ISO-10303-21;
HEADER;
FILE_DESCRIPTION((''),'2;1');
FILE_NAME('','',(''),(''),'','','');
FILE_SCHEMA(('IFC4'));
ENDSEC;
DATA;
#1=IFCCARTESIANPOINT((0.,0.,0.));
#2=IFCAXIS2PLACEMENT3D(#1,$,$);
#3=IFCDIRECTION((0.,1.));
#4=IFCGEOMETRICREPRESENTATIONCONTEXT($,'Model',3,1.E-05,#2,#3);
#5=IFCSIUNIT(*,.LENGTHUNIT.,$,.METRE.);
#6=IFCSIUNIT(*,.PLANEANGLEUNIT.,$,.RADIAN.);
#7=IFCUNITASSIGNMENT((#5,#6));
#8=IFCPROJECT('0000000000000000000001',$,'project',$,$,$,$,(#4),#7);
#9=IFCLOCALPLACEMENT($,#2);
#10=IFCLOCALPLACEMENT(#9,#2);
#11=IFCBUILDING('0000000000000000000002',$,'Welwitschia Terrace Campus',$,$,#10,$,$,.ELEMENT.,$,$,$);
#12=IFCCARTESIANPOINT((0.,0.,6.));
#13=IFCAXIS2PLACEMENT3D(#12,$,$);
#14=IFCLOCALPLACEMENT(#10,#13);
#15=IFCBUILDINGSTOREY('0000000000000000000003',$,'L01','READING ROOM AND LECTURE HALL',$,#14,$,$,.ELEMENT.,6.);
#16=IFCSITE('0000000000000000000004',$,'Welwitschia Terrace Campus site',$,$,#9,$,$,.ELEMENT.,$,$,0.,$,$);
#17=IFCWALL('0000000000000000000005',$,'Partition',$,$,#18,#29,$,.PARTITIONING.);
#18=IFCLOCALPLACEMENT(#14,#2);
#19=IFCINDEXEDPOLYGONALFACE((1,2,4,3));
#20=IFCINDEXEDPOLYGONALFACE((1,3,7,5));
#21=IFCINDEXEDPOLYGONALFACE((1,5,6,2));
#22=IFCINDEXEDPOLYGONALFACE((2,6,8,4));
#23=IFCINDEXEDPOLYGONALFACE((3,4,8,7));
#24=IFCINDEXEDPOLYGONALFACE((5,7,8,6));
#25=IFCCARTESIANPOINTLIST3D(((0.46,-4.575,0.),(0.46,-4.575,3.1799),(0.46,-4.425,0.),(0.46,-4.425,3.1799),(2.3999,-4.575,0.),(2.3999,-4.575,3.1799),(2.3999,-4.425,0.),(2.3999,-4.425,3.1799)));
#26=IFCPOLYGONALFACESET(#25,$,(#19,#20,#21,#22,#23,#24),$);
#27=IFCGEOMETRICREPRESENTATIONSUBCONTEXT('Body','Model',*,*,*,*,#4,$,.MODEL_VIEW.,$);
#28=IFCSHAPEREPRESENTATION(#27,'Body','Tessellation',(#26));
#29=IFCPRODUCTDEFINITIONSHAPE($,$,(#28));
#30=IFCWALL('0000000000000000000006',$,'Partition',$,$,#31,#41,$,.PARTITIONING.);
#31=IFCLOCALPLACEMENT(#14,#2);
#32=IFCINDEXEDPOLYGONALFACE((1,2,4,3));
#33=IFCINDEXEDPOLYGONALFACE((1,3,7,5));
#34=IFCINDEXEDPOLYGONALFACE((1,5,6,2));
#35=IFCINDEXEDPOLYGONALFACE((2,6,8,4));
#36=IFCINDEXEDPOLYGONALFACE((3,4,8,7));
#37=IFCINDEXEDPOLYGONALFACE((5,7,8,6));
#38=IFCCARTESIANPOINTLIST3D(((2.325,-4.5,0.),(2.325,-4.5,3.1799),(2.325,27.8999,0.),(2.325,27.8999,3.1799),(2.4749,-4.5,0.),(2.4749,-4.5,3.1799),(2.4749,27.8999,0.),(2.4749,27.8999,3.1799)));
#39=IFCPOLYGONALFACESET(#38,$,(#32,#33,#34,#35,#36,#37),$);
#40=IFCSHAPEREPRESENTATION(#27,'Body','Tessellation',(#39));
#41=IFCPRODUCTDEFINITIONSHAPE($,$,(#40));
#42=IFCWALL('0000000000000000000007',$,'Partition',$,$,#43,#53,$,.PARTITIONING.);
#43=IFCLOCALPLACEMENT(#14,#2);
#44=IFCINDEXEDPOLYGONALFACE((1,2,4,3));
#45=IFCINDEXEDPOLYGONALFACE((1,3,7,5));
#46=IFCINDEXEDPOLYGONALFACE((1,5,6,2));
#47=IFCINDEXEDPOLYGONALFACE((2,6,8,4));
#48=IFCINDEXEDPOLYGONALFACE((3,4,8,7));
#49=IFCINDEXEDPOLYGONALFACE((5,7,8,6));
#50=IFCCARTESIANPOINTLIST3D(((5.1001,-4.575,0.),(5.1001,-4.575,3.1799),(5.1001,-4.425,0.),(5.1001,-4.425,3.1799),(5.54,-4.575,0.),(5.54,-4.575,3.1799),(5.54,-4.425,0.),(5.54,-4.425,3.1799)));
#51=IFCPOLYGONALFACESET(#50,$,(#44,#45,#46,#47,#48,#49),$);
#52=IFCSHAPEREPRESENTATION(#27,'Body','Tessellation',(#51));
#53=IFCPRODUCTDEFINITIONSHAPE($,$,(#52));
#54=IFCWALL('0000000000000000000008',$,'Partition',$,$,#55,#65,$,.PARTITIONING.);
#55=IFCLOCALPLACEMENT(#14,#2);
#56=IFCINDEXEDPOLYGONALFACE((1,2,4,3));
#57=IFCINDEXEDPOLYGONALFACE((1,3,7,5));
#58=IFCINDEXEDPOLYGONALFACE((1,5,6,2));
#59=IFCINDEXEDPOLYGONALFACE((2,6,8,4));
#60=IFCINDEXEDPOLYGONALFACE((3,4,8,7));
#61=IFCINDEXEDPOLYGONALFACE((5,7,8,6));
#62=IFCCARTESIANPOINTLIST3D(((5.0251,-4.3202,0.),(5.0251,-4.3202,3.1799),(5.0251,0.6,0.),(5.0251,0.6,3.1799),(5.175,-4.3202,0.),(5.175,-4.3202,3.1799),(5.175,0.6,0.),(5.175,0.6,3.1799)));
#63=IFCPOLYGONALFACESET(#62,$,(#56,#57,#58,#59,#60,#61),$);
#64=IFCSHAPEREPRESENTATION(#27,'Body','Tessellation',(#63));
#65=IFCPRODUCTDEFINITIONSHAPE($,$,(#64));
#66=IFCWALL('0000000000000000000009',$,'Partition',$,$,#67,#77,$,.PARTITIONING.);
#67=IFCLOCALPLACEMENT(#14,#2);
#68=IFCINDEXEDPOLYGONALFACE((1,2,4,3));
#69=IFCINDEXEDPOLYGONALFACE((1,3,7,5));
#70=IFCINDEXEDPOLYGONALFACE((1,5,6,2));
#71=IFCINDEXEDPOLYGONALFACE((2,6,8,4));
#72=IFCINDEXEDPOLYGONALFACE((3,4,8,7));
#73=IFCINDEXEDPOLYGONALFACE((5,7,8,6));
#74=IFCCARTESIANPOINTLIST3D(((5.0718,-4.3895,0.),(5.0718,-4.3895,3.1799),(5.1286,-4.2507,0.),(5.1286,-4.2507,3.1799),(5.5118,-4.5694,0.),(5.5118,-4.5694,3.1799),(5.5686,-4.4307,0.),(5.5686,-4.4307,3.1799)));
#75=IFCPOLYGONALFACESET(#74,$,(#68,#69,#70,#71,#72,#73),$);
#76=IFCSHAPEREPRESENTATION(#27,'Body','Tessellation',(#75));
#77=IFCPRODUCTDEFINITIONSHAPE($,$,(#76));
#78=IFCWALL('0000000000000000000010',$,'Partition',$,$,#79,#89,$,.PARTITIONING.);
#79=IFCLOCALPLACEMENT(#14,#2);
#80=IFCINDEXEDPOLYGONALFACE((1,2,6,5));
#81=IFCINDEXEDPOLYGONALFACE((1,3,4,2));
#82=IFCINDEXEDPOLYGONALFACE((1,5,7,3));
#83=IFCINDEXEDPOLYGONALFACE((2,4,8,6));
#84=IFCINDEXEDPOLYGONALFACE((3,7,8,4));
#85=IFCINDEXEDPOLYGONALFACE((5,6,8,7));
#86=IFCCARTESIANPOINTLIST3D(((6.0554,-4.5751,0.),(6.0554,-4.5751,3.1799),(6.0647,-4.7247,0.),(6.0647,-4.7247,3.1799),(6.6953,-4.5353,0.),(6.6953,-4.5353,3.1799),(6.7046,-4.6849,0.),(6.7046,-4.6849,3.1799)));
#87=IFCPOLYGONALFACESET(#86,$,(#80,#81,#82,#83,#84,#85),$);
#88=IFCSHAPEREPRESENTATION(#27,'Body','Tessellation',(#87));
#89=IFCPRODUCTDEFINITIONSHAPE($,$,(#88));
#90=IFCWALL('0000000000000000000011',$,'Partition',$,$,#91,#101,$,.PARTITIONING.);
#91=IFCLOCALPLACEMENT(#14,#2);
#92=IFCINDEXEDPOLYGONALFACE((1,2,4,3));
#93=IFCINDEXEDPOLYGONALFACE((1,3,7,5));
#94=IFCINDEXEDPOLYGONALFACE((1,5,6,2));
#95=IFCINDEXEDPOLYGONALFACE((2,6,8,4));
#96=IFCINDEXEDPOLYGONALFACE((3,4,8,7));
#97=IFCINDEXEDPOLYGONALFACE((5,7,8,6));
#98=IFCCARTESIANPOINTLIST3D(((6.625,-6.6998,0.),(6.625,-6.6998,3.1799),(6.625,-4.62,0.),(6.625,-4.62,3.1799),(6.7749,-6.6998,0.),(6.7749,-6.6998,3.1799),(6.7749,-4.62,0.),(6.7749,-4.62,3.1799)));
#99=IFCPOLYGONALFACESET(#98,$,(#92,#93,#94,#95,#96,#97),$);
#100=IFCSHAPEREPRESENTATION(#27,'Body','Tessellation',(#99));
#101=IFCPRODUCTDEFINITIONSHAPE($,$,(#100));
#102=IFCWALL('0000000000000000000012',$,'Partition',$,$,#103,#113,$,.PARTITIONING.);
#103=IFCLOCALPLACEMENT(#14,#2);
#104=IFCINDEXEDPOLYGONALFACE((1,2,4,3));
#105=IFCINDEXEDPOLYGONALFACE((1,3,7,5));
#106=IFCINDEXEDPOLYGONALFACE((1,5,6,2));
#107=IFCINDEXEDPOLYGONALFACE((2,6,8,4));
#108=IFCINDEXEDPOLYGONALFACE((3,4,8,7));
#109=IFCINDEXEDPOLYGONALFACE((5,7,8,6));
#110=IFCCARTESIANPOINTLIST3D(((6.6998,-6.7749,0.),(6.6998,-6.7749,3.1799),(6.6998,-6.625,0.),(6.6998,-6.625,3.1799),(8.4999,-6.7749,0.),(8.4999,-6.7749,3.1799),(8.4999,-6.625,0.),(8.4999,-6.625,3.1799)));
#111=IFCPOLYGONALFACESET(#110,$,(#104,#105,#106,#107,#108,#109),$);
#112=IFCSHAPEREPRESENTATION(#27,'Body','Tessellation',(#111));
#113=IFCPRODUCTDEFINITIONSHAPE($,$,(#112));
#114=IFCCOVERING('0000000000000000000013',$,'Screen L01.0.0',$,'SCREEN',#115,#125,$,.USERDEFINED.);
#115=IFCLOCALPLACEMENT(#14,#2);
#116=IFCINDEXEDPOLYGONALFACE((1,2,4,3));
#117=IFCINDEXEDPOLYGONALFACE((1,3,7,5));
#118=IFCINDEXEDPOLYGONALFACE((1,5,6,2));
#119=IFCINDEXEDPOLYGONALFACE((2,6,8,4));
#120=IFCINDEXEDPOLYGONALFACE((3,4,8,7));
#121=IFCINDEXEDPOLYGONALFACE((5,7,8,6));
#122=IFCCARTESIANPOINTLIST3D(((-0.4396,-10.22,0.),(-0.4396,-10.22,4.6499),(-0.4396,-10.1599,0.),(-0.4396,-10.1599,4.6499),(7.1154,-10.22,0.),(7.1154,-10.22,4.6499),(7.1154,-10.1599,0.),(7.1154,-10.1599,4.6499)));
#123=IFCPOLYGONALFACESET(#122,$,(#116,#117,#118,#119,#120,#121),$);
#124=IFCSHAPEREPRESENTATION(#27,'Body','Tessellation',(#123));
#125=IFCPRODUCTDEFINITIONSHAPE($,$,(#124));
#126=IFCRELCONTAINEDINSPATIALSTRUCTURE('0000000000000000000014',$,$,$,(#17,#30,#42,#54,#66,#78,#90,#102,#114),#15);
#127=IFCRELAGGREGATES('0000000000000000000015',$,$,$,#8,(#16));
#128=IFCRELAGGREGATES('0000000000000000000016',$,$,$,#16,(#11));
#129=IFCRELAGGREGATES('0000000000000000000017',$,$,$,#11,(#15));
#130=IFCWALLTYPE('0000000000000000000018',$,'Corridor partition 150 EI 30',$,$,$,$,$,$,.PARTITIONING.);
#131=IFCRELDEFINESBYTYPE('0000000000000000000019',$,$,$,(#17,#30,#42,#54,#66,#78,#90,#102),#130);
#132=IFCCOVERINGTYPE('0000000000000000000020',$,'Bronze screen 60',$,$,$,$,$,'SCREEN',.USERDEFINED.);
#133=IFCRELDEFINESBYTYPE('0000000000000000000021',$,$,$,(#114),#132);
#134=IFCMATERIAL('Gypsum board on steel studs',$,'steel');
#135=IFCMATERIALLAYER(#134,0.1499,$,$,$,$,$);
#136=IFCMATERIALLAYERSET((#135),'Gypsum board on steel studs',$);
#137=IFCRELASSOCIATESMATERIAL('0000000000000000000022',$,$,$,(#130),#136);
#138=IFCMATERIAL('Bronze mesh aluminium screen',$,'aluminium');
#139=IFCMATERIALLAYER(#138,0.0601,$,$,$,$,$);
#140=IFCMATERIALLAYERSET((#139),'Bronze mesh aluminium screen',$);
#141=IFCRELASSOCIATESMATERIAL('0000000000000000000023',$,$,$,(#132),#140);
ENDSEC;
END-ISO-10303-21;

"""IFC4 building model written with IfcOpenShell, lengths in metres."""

from ifc_helpers import new_model, si_unit, direction, frame, frame_2d, origin, origin_2d, place, context, subcontext, project, spatial, rectangle, extrude, material, layer, layer_set, type_object, element, save


model = new_model("IFC4")

# Units and contexts
model_context = context("Model", 3, precision=1e-05, world=origin(), true_north=direction((0.0, 1.0)))
body_context = subcontext(model_context, "Body", "Model", "MODEL_VIEW")
ifc_project = project(units=[si_unit("LENGTHUNIT", "METRE"), si_unit("PLANEANGLEUNIT", "RADIAN")], contexts=[model_context])

# Site, building, storey
site_placement = place(None, origin())
site = spatial("IfcSite", under=ifc_project, at=site_placement, Name="Welwitschia Terrace Campus site", CompositionType="ELEMENT", RefElevation=0.0)
building_placement = place(site_placement, origin())
building = spatial("IfcBuilding", under=site, at=building_placement, Name="Welwitschia Terrace Campus", CompositionType="ELEMENT")
storey_placement = place(building_placement, frame((0.0, 0.0, 6.0)))
storey = spatial("IfcBuildingStorey", under=building, at=storey_placement, Name="L01", Description="READING ROOM AND LECTURE HALL", CompositionType="ELEMENT", Elevation=6.0)

# Walls
ifc_material_1 = material(Name="Gypsum board on steel studs", Category="steel")
ifc_layer_1 = layer(ifc_material_1, 0.1499)
ifc_layer_set_1 = layer_set([ifc_layer_1], Name="Gypsum board on steel studs")
wall_type = type_object("IfcWallType", Name="Corridor partition 150 EI 30", PredefinedType="PARTITIONING", material=ifc_layer_set_1)
wall_1_placement = place(storey_placement, frame((0.46, -4.5, 0.0), z_axis=(0.0, 0.0, 1.0), x_axis=(1.0, 0.0, 0.0)))
element("IfcWall", 1, at=wall_1_placement, inside=storey, type_object=wall_type, Name="Partition", PredefinedType="PARTITIONING", context=body_context, shape_type="SweptSolid", body=[
    extrude(rectangle(XDim=1.9399, YDim=0.1499, at=frame_2d((0.97, 0.0))), origin(), (0.0, 0.0, 1.0), 3.1799),
])
wall_2_placement = place(storey_placement, frame((2.3999, -4.5, 0.0), z_axis=(0.0, 0.0, 1.0), x_axis=(0.0, 1.0, 0.0)))
element("IfcWall", 2, at=wall_2_placement, inside=storey, type_object=wall_type, Name="Partition", PredefinedType="PARTITIONING", context=body_context, shape_type="SweptSolid", body=[
    extrude(rectangle(XDim=32.3999, YDim=0.1499, at=frame_2d((16.2, 0.0))), origin(), (0.0, 0.0, 1.0), 3.1799),
])
wall_3_placement = place(storey_placement, frame((5.1001, -4.5, 0.0), z_axis=(0.0, 0.0, 1.0), x_axis=(1.0, 0.0, 0.0)))
element("IfcWall", 3, at=wall_3_placement, inside=storey, type_object=wall_type, Name="Partition", PredefinedType="PARTITIONING", context=body_context, shape_type="SweptSolid", body=[
    extrude(rectangle(XDim=0.4399, YDim=0.1499, at=frame_2d((0.22, 0.0))), origin(), (0.0, 0.0, 1.0), 3.1799),
])
wall_4_placement = place(storey_placement, frame((5.1001, -4.3201, 0.0), z_axis=(0.0, 0.0, 1.0), x_axis=(0.0, 1.0, 0.0)))
element("IfcWall", 4, at=wall_4_placement, inside=storey, type_object=wall_type, Name="Partition", PredefinedType="PARTITIONING", context=body_context, shape_type="SweptSolid", body=[
    extrude(rectangle(XDim=4.9202, YDim=0.1499, at=frame_2d((2.46, 0.0))), origin(), (0.0, 0.0, 1.0), 3.1799),
])
wall_5_placement = place(storey_placement, frame((5.1001, -4.3201, 0.0), z_axis=(0.0, 0.0, 1.0), x_axis=(0.92558, -0.378553, 0.0)))
element("IfcWall", 5, at=wall_5_placement, inside=storey, type_object=wall_type, Name="Partition", PredefinedType="PARTITIONING", context=body_context, shape_type="SweptSolid", body=[
    extrude(rectangle(XDim=0.4753, YDim=0.1499, at=frame_2d((0.2378, 0.0))), origin(), (0.0, 0.0, 1.0), 3.1799),
])
wall_6_placement = place(storey_placement, frame((6.0601, -4.6499, 0.0), z_axis=(0.0, 0.0, 1.0), x_axis=(0.998072, 0.06207, 0.0)))
element("IfcWall", 6, at=wall_6_placement, inside=storey, type_object=wall_type, Name="Partition", PredefinedType="PARTITIONING", context=body_context, shape_type="SweptSolid", body=[
    extrude(rectangle(XDim=0.6411, YDim=0.1499, at=frame_2d((0.3206, 0.0))), origin(), (0.0, 0.0, 1.0), 3.1799),
])
wall_7_placement = place(storey_placement, frame((6.7, -6.7, 0.0), z_axis=(0.0, 0.0, 1.0), x_axis=(0.0, 1.0, 0.0)))
element("IfcWall", 7, at=wall_7_placement, inside=storey, type_object=wall_type, Name="Partition", PredefinedType="PARTITIONING", context=body_context, shape_type="SweptSolid", body=[
    extrude(rectangle(XDim=2.0798, YDim=0.1499, at=frame_2d((1.04, 0.0))), origin(), (0.0, 0.0, 1.0), 3.1799),
])
wall_8_placement = place(storey_placement, frame((6.7, -6.7, 0.0), z_axis=(0.0, 0.0, 1.0), x_axis=(1.0, 0.0, 0.0)))
element("IfcWall", 8, at=wall_8_placement, inside=storey, type_object=wall_type, Name="Partition", PredefinedType="PARTITIONING", context=body_context, shape_type="SweptSolid", body=[
    extrude(rectangle(XDim=1.8, YDim=0.1499, at=frame_2d((0.8999, 0.0))), origin(), (0.0, 0.0, 1.0), 3.1799),
])

# Covering
ifc_material_2 = material(Name="Bronze mesh aluminium screen", Category="aluminium")
ifc_layer_2 = layer(ifc_material_2, 0.0601)
ifc_layer_set_2 = layer_set([ifc_layer_2], Name="Bronze mesh aluminium screen")
covering_type = type_object("IfcCoveringType", Name="Bronze screen 60", ElementType="SCREEN", PredefinedType="USERDEFINED", material=ifc_layer_set_2)
covering_placement = place(storey_placement, frame((3.3379, -10.1899, 0.0), z_axis=(0.0, 0.0, 1.0), x_axis=(1.0, 0.0, 0.0)))
element("IfcCovering", 9, at=covering_placement, inside=storey, type_object=covering_type, Name="Screen L01.0.0", ObjectType="SCREEN", PredefinedType="USERDEFINED", context=body_context, shape_type="SweptSolid", body=[
    extrude(rectangle(XDim=7.5549, YDim=0.0601, at=origin_2d()), origin(), (0.0, 0.0, 1.0), 4.6499),
])

save(model, "model.ifc")
